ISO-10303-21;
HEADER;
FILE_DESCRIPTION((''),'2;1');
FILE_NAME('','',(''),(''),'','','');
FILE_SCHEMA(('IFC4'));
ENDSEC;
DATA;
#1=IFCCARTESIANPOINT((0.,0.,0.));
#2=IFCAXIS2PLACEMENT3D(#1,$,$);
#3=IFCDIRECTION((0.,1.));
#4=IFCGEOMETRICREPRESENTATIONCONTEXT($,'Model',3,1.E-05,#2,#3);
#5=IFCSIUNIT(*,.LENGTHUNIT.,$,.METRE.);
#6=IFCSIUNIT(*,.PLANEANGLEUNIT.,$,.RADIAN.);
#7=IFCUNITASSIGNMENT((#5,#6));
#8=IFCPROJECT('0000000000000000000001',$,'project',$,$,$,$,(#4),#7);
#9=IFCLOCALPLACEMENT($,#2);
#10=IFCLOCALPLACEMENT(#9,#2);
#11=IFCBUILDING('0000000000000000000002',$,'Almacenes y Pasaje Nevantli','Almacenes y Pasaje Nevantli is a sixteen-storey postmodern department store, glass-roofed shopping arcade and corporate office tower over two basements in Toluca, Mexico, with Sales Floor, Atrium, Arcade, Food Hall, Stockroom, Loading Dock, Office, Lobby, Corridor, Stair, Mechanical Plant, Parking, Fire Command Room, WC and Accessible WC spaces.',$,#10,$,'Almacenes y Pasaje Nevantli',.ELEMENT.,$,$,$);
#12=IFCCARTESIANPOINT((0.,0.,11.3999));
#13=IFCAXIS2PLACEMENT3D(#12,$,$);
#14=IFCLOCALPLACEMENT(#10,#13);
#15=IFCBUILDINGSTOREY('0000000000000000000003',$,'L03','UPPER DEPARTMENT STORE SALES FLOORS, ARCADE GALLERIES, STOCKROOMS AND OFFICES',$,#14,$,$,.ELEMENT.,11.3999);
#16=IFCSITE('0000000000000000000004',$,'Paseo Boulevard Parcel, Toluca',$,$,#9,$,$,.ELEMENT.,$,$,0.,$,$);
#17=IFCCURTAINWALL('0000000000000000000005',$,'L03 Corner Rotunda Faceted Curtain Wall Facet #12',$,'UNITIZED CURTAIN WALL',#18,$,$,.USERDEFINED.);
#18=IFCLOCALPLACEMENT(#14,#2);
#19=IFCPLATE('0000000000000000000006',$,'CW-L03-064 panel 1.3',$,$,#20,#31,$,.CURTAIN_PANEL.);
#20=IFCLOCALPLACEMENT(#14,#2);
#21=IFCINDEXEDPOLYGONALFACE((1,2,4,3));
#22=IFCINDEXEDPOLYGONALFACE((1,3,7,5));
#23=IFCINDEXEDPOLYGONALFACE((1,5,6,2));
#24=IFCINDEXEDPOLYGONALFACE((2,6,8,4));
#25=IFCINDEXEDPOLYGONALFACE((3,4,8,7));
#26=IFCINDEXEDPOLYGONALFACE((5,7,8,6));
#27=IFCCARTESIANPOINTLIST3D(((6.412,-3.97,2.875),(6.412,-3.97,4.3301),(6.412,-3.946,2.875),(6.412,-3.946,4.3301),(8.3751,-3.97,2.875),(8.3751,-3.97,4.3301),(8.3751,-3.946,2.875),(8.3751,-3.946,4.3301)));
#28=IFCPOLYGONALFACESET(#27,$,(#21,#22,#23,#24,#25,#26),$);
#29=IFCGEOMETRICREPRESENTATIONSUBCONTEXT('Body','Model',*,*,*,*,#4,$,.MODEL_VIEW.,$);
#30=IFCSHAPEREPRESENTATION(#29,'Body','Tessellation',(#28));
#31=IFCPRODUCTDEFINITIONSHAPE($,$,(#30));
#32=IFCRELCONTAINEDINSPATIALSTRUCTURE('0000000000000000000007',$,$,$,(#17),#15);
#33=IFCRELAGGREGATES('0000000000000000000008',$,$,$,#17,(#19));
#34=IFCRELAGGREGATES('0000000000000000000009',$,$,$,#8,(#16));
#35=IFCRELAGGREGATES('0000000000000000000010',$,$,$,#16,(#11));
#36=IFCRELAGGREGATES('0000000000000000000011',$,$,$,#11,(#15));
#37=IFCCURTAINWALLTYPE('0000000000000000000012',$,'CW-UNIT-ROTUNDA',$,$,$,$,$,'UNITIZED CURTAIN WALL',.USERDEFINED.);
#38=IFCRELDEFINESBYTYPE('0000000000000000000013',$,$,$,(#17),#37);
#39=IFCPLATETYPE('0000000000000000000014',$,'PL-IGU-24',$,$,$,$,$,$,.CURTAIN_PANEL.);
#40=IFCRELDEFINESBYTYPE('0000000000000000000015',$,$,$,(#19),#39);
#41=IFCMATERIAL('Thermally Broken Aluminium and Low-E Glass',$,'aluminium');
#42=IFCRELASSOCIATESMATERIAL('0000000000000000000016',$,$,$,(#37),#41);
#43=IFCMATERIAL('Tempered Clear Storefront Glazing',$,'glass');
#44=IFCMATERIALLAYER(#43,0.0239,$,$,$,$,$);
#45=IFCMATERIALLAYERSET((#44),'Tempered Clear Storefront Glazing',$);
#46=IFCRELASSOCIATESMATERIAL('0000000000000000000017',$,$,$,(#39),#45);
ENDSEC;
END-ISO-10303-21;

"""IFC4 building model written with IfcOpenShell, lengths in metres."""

from ifc_helpers import new_model, si_unit, direction, frame, origin, origin_2d, place, context, subcontext, project, spatial, rectangle, extrude, material, layer, layer_set, type_object, element, aggregate, save


model = new_model("IFC4")

# Units and contexts
model_context = context("Model", 3, precision=1e-05, world=origin(), true_north=direction((0.0, 1.0)))
body_context = subcontext(model_context, "Body", "Model", "MODEL_VIEW")
ifc_project = project(units=[si_unit("LENGTHUNIT", "METRE"), si_unit("PLANEANGLEUNIT", "RADIAN")], contexts=[model_context])

# Site, building, storey
site_placement = place(None, origin())
site = spatial("IfcSite", under=ifc_project, at=site_placement, Name="Paseo Boulevard Parcel, Toluca", CompositionType="ELEMENT", RefElevation=0.0)
building_placement = place(site_placement, origin())
building = spatial("IfcBuilding", under=site, at=building_placement, Name="Almacenes y Pasaje Nevantli", Description="Almacenes y Pasaje Nevantli is a sixteen-storey postmodern department store, glass-roofed shopping arcade and corporate office tower over two basements in Toluca, Mexico, with Sales Floor, Atrium, Arcade, Food Hall, Stockroom, Loading Dock, Office, Lobby, Corridor, Stair, Mechanical Plant, Parking, Fire Command Room, WC and Accessible WC spaces.", LongName="Almacenes y Pasaje Nevantli", CompositionType="ELEMENT")
storey_placement = place(building_placement, frame((0.0, 0.0, 11.3999)))
storey = spatial("IfcBuildingStorey", under=building, at=storey_placement, Name="L03", Description="UPPER DEPARTMENT STORE SALES FLOORS, ARCADE GALLERIES, STOCKROOMS AND OFFICES", CompositionType="ELEMENT", Elevation=11.3999)

# Shared definitions
ifc_material_1 = material(Name="Thermally Broken Aluminium and Low-E Glass", Category="aluminium")
curtain_wall_type = type_object("IfcCurtainWallType", Name="CW-UNIT-ROTUNDA", ElementType="UNITIZED CURTAIN WALL", PredefinedType="USERDEFINED", material=ifc_material_1)

# Curtain wall
curtain_wall_1_placement = place(storey_placement, origin())
curtain_wall_1 = element("IfcCurtainWall", 1, at=curtain_wall_1_placement, inside=storey, type_object=curtain_wall_type, Name="L03 Corner Rotunda Faceted Curtain Wall Facet #12", ObjectType="UNITIZED CURTAIN WALL", PredefinedType="USERDEFINED")

# Plate
ifc_material_2 = material(Name="Tempered Clear Storefront Glazing", Category="glass")
ifc_layer = layer(ifc_material_2, 0.0239)
ifc_layer_set = layer_set([ifc_layer], Name="Tempered Clear Storefront Glazing")
plate_type = type_object("IfcPlateType", Name="PL-IGU-24", PredefinedType="CURTAIN_PANEL", material=ifc_layer_set)
plate_1_placement = place(storey_placement, frame((7.3936, -3.958, 2.875), z_axis=(0.0, 0.0, 1.0), x_axis=(1.0, 0.0, 0.0)))
plate_1 = element("IfcPlate", 2, at=plate_1_placement, type_object=plate_type, Name="CW-L03-064 panel 1.3", PredefinedType="CURTAIN_PANEL", context=body_context, shape_type="SweptSolid", body=[
    extrude(rectangle(XDim=1.9631, YDim=0.0239, at=origin_2d()), origin(), (0.0, 0.0, 1.0), 1.4551),
])
aggregate(curtain_wall_1, [plate_1])

save(model, "model.ifc")
